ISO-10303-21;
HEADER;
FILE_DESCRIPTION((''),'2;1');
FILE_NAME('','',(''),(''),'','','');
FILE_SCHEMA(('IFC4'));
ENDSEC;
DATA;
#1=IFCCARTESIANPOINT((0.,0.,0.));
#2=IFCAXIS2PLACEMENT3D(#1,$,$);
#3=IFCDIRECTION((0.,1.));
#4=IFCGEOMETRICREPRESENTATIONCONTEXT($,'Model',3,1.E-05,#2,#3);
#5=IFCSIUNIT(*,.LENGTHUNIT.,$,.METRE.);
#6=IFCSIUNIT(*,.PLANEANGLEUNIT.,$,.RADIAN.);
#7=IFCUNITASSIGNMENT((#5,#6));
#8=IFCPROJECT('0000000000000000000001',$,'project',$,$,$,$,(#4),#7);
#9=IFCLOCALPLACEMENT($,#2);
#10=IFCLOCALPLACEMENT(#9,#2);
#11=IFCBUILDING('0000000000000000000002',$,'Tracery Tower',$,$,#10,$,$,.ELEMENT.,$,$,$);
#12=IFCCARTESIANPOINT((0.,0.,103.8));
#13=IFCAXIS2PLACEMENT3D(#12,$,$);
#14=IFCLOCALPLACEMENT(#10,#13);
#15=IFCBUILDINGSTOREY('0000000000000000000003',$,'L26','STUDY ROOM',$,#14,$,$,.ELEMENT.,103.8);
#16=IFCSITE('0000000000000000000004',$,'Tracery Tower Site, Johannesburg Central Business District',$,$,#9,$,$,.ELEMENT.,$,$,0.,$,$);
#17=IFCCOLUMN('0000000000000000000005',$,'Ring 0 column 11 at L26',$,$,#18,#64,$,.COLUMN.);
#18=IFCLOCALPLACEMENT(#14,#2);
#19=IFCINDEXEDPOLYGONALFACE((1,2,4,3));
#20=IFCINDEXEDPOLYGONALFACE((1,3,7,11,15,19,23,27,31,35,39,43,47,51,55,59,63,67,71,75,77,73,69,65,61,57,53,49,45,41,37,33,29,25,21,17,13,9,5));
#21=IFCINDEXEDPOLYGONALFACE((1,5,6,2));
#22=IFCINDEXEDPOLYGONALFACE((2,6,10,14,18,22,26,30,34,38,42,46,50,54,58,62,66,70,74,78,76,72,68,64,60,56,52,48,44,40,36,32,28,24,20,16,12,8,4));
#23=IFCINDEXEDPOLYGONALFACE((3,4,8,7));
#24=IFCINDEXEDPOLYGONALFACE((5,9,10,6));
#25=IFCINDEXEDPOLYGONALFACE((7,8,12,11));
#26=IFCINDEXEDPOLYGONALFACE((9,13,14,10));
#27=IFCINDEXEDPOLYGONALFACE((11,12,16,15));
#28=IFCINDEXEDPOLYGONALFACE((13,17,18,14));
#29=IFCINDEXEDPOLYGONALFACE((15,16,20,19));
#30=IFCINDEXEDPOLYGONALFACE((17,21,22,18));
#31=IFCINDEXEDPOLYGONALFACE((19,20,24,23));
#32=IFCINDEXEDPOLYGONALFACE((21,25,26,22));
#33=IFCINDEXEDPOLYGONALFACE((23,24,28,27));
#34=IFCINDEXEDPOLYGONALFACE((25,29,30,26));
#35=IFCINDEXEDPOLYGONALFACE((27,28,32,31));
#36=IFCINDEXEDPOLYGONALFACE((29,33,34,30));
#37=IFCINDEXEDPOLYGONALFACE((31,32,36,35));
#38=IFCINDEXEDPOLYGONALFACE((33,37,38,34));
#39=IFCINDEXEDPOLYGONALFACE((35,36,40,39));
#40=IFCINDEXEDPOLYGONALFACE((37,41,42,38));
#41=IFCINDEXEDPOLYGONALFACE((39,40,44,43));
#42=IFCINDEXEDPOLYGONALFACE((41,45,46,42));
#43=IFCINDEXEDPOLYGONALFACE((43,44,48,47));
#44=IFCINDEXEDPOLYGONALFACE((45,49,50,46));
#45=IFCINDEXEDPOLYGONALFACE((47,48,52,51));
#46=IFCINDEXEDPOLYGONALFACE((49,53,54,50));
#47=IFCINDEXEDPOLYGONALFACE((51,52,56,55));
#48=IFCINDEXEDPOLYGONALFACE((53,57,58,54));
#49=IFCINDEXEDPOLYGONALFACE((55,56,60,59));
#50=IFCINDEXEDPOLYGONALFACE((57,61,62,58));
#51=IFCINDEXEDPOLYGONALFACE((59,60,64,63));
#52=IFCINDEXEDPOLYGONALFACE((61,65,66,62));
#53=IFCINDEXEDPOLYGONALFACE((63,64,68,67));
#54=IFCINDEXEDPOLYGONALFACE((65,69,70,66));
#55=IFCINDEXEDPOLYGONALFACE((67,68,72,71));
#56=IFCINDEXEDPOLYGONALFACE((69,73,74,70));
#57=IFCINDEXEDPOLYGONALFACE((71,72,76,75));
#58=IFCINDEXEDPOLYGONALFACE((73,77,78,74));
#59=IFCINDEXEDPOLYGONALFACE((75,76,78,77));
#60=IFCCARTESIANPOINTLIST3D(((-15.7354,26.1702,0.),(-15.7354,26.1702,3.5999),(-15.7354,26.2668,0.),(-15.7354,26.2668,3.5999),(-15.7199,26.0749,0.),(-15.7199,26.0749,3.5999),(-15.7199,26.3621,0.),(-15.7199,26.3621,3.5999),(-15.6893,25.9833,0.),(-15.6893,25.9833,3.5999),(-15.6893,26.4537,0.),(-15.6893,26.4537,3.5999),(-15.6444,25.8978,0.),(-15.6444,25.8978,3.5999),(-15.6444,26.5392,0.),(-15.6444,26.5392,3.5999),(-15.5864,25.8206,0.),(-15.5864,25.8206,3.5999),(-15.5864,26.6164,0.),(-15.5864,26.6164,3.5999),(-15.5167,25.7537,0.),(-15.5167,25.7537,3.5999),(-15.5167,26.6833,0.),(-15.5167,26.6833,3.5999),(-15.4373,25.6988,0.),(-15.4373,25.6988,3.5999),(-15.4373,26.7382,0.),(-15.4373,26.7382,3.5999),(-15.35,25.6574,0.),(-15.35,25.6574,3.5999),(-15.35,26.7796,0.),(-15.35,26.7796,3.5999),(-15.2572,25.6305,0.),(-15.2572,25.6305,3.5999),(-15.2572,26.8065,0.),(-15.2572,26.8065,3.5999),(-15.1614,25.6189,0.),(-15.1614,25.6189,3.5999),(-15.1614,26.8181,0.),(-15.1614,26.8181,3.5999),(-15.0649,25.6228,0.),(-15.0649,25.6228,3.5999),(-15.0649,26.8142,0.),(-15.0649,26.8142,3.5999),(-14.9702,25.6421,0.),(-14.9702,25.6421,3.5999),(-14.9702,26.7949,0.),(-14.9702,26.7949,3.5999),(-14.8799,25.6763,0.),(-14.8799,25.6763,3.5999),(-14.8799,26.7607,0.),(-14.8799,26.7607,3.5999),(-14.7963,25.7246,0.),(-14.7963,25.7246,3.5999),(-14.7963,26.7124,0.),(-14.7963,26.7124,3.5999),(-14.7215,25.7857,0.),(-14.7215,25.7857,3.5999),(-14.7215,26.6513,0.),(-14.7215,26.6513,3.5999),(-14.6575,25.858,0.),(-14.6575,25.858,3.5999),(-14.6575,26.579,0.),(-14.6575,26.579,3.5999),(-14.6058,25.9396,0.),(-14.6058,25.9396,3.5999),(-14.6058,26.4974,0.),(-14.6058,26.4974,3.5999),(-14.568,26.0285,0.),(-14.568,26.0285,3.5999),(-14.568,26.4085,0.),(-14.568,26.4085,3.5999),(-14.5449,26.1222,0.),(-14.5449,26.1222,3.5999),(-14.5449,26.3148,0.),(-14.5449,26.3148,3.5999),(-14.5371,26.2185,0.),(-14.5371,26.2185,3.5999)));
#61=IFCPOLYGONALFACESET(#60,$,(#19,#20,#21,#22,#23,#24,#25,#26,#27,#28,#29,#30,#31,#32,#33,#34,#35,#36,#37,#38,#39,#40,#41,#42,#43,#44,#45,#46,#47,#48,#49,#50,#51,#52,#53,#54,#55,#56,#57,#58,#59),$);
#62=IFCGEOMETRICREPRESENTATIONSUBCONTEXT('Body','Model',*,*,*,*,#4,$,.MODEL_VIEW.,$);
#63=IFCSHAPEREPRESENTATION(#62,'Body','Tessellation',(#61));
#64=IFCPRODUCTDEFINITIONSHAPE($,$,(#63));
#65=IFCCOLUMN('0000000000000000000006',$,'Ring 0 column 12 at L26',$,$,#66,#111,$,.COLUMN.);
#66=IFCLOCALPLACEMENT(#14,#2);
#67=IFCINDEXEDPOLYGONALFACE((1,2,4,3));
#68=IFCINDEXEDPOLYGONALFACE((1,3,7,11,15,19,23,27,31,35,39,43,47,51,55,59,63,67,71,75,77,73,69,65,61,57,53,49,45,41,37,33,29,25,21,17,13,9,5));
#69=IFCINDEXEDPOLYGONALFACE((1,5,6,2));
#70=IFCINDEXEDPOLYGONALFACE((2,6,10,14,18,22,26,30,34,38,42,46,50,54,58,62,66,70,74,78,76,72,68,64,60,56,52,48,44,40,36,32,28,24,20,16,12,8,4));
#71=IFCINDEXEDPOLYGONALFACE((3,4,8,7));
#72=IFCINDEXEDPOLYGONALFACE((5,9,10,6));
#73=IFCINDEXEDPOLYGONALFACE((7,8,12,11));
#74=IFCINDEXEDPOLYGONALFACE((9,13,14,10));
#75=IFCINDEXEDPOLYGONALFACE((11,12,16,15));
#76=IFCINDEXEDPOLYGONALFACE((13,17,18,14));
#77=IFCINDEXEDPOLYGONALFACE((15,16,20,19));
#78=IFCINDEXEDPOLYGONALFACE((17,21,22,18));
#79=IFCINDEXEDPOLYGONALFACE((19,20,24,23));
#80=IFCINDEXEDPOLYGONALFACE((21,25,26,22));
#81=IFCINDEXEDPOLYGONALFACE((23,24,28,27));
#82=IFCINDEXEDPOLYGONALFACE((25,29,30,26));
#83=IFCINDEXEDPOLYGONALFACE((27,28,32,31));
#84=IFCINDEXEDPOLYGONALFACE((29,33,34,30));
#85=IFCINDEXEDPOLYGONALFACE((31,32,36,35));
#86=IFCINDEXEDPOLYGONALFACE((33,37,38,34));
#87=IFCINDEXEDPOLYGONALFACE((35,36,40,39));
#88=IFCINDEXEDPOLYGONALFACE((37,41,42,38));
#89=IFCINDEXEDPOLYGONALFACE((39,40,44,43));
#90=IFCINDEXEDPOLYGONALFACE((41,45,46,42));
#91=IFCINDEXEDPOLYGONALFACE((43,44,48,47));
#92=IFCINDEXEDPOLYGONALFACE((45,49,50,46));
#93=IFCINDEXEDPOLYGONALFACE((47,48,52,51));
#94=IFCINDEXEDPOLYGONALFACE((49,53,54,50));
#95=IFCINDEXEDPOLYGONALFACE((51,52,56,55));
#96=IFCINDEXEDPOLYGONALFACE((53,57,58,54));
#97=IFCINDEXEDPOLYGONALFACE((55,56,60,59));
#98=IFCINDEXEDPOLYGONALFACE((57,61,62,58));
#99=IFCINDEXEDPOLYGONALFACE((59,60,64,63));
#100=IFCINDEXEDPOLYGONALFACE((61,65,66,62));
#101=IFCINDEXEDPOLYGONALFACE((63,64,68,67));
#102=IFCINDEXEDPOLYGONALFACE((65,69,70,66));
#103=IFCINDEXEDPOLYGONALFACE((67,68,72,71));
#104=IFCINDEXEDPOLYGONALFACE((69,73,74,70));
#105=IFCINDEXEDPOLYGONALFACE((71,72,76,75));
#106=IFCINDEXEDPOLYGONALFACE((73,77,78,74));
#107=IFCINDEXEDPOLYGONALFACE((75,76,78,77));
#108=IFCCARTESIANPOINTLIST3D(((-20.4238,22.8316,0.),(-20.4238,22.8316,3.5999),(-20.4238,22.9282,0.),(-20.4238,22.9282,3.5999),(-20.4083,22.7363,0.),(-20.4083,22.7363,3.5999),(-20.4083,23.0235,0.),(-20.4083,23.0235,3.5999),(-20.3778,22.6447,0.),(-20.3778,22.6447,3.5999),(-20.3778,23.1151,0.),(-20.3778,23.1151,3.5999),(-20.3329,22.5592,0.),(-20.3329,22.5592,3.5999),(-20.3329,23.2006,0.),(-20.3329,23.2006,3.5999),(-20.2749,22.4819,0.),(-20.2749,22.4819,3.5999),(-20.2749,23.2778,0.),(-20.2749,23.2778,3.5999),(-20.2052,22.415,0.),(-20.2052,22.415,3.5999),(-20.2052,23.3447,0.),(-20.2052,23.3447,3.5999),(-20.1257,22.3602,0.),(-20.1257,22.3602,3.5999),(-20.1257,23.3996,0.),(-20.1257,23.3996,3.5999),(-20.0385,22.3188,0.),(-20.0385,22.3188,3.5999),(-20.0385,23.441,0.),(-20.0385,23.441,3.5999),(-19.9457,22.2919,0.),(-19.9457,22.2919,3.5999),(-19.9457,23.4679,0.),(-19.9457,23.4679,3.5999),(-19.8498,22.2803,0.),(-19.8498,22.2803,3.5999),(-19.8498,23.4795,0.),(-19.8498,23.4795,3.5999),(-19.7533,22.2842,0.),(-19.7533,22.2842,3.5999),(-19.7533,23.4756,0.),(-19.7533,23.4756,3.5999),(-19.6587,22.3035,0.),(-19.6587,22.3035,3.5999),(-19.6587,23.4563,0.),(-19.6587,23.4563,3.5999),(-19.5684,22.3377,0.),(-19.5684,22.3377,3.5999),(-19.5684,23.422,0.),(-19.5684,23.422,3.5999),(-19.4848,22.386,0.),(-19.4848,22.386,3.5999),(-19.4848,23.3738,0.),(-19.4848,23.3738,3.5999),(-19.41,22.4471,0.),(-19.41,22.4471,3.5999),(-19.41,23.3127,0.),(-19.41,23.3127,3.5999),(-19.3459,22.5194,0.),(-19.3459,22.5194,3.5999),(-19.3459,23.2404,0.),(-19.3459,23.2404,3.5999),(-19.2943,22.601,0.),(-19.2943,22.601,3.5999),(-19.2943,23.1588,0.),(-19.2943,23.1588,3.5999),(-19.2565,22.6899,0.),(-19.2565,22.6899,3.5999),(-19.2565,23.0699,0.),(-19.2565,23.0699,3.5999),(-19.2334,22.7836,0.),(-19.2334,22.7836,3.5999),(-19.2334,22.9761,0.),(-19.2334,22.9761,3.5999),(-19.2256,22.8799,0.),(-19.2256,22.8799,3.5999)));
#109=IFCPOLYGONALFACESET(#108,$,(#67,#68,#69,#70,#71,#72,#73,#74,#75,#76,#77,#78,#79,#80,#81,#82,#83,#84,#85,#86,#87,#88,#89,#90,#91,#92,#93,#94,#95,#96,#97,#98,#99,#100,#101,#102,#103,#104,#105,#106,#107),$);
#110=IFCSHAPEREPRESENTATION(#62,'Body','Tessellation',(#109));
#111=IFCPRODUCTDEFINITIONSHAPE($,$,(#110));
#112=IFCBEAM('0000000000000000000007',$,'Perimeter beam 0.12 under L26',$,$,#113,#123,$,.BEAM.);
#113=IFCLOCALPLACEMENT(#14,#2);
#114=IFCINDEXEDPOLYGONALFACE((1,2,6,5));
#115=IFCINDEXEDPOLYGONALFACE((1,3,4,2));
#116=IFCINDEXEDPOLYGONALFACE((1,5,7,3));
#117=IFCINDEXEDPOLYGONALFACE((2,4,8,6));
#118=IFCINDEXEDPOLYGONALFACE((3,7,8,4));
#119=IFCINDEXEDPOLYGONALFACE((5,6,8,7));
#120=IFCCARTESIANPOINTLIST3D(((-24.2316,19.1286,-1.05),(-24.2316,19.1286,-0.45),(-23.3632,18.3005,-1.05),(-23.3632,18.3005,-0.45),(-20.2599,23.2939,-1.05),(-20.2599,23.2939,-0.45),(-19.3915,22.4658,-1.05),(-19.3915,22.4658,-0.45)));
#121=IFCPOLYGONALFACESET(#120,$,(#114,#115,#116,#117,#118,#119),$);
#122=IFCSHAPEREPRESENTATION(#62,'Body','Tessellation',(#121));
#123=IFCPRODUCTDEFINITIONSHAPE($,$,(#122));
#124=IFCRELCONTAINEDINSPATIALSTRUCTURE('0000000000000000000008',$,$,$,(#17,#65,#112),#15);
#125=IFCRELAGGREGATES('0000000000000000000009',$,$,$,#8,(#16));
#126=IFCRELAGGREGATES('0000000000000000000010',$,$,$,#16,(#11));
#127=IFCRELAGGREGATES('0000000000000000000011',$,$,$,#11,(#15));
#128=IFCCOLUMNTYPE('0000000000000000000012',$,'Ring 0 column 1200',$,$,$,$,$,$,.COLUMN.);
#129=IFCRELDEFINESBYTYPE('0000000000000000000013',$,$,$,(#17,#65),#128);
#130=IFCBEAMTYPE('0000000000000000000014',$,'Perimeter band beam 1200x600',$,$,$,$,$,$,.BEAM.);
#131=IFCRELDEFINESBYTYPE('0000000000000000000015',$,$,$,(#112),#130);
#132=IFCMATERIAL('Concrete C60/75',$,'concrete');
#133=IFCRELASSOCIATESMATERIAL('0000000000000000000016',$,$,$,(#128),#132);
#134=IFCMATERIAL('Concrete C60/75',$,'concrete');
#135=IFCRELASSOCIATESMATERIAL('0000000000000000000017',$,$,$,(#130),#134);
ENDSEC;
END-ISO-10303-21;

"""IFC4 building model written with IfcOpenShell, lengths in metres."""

from ifc_helpers import new_model, si_unit, direction, frame, origin, origin_2d, place, context, subcontext, project, spatial, rectangle, circle, extrude, material, material_profile, profile_set, type_object, element, save


model = new_model("IFC4")

# Units and contexts
model_context = context("Model", 3, precision=1e-05, world=origin(), true_north=direction((0.0, 1.0)))
body_context = subcontext(model_context, "Body", "Model", "MODEL_VIEW")
ifc_project = project(units=[si_unit("LENGTHUNIT", "METRE"), si_unit("PLANEANGLEUNIT", "RADIAN")], contexts=[model_context])

# Site, building, storey
site_placement = place(None, origin())
site = spatial("IfcSite", under=ifc_project, at=site_placement, Name="Tracery Tower Site, Johannesburg Central Business District", CompositionType="ELEMENT", RefElevation=0.0)
building_placement = place(site_placement, origin())
building = spatial("IfcBuilding", under=site, at=building_placement, Name="Tracery Tower", CompositionType="ELEMENT")
storey_placement = place(building_placement, frame((0.0, 0.0, 103.8)))
storey = spatial("IfcBuildingStorey", under=building, at=storey_placement, Name="L26", Description="STUDY ROOM", CompositionType="ELEMENT", Elevation=103.8)

# Columns
ifc_material_1 = material(Name="Concrete C60/75", Category="concrete")
ifc_material_profile_1 = material_profile(ifc_material_1, circle(Radius=0.6001, at=origin_2d()), Name="RC D1200")
ifc_profile_set_1 = profile_set([ifc_material_profile_1], Name="Concrete C60/75")
column_type = type_object("IfcColumnType", Name="Ring 0 column 1200", PredefinedType="COLUMN", material=ifc_profile_set_1)
for number, where, z_axis, x_axis, name in (
    (1, (-15.1372, 26.2185, 0.0), (0.0, 0.0, 1.0), (1.0, 0.0, 0.0), "Ring 0 column 11 at L26"),
    (2, (-19.8257, 22.8799, 0.0), (0.0, 0.0, 1.0), (1.0, 0.0, 0.0), "Ring 0 column 12 at L26"),
):
    element("IfcColumn", number, at=place(storey_placement, frame(where, z_axis=z_axis, x_axis=x_axis)), inside=storey, type_object=column_type, Name=name, PredefinedType="COLUMN", context=body_context, shape_type="SweptSolid", body=[
        extrude(circle(Radius=0.6001, at=origin_2d()), origin(), (0.0, 0.0, 1.0), 3.5999),
    ])

# Beam
ifc_material_2 = material(Name="Concrete C60/75", Category="concrete")
ifc_material_profile_2 = material_profile(ifc_material_2, rectangle(XDim=1.2, YDim=0.6001, at=origin_2d()), Name="RC 1200x600")
ifc_profile_set_2 = profile_set([ifc_material_profile_2], Name="Concrete C60/75")
beam_type = type_object("IfcBeamType", Name="Perimeter band beam 1200x600", PredefinedType="BEAM", material=ifc_profile_set_2)
beam_placement = place(storey_placement, frame((-19.8257, 22.8799, -0.75), z_axis=(-0.690087, -0.723726, 0.0), x_axis=(0.723726, -0.690087, 0.0)))
element("IfcBeam", 3, at=beam_placement, inside=storey, type_object=beam_type, Name="Perimeter beam 0.12 under L26", PredefinedType="BEAM", context=body_context, shape_type="SweptSolid", body=[
    extrude(rectangle(XDim=1.2, YDim=0.6001, at=origin_2d()), origin(), (0.0, 0.0, 1.0), 5.7554),
])

save(model, "model.ifc")
